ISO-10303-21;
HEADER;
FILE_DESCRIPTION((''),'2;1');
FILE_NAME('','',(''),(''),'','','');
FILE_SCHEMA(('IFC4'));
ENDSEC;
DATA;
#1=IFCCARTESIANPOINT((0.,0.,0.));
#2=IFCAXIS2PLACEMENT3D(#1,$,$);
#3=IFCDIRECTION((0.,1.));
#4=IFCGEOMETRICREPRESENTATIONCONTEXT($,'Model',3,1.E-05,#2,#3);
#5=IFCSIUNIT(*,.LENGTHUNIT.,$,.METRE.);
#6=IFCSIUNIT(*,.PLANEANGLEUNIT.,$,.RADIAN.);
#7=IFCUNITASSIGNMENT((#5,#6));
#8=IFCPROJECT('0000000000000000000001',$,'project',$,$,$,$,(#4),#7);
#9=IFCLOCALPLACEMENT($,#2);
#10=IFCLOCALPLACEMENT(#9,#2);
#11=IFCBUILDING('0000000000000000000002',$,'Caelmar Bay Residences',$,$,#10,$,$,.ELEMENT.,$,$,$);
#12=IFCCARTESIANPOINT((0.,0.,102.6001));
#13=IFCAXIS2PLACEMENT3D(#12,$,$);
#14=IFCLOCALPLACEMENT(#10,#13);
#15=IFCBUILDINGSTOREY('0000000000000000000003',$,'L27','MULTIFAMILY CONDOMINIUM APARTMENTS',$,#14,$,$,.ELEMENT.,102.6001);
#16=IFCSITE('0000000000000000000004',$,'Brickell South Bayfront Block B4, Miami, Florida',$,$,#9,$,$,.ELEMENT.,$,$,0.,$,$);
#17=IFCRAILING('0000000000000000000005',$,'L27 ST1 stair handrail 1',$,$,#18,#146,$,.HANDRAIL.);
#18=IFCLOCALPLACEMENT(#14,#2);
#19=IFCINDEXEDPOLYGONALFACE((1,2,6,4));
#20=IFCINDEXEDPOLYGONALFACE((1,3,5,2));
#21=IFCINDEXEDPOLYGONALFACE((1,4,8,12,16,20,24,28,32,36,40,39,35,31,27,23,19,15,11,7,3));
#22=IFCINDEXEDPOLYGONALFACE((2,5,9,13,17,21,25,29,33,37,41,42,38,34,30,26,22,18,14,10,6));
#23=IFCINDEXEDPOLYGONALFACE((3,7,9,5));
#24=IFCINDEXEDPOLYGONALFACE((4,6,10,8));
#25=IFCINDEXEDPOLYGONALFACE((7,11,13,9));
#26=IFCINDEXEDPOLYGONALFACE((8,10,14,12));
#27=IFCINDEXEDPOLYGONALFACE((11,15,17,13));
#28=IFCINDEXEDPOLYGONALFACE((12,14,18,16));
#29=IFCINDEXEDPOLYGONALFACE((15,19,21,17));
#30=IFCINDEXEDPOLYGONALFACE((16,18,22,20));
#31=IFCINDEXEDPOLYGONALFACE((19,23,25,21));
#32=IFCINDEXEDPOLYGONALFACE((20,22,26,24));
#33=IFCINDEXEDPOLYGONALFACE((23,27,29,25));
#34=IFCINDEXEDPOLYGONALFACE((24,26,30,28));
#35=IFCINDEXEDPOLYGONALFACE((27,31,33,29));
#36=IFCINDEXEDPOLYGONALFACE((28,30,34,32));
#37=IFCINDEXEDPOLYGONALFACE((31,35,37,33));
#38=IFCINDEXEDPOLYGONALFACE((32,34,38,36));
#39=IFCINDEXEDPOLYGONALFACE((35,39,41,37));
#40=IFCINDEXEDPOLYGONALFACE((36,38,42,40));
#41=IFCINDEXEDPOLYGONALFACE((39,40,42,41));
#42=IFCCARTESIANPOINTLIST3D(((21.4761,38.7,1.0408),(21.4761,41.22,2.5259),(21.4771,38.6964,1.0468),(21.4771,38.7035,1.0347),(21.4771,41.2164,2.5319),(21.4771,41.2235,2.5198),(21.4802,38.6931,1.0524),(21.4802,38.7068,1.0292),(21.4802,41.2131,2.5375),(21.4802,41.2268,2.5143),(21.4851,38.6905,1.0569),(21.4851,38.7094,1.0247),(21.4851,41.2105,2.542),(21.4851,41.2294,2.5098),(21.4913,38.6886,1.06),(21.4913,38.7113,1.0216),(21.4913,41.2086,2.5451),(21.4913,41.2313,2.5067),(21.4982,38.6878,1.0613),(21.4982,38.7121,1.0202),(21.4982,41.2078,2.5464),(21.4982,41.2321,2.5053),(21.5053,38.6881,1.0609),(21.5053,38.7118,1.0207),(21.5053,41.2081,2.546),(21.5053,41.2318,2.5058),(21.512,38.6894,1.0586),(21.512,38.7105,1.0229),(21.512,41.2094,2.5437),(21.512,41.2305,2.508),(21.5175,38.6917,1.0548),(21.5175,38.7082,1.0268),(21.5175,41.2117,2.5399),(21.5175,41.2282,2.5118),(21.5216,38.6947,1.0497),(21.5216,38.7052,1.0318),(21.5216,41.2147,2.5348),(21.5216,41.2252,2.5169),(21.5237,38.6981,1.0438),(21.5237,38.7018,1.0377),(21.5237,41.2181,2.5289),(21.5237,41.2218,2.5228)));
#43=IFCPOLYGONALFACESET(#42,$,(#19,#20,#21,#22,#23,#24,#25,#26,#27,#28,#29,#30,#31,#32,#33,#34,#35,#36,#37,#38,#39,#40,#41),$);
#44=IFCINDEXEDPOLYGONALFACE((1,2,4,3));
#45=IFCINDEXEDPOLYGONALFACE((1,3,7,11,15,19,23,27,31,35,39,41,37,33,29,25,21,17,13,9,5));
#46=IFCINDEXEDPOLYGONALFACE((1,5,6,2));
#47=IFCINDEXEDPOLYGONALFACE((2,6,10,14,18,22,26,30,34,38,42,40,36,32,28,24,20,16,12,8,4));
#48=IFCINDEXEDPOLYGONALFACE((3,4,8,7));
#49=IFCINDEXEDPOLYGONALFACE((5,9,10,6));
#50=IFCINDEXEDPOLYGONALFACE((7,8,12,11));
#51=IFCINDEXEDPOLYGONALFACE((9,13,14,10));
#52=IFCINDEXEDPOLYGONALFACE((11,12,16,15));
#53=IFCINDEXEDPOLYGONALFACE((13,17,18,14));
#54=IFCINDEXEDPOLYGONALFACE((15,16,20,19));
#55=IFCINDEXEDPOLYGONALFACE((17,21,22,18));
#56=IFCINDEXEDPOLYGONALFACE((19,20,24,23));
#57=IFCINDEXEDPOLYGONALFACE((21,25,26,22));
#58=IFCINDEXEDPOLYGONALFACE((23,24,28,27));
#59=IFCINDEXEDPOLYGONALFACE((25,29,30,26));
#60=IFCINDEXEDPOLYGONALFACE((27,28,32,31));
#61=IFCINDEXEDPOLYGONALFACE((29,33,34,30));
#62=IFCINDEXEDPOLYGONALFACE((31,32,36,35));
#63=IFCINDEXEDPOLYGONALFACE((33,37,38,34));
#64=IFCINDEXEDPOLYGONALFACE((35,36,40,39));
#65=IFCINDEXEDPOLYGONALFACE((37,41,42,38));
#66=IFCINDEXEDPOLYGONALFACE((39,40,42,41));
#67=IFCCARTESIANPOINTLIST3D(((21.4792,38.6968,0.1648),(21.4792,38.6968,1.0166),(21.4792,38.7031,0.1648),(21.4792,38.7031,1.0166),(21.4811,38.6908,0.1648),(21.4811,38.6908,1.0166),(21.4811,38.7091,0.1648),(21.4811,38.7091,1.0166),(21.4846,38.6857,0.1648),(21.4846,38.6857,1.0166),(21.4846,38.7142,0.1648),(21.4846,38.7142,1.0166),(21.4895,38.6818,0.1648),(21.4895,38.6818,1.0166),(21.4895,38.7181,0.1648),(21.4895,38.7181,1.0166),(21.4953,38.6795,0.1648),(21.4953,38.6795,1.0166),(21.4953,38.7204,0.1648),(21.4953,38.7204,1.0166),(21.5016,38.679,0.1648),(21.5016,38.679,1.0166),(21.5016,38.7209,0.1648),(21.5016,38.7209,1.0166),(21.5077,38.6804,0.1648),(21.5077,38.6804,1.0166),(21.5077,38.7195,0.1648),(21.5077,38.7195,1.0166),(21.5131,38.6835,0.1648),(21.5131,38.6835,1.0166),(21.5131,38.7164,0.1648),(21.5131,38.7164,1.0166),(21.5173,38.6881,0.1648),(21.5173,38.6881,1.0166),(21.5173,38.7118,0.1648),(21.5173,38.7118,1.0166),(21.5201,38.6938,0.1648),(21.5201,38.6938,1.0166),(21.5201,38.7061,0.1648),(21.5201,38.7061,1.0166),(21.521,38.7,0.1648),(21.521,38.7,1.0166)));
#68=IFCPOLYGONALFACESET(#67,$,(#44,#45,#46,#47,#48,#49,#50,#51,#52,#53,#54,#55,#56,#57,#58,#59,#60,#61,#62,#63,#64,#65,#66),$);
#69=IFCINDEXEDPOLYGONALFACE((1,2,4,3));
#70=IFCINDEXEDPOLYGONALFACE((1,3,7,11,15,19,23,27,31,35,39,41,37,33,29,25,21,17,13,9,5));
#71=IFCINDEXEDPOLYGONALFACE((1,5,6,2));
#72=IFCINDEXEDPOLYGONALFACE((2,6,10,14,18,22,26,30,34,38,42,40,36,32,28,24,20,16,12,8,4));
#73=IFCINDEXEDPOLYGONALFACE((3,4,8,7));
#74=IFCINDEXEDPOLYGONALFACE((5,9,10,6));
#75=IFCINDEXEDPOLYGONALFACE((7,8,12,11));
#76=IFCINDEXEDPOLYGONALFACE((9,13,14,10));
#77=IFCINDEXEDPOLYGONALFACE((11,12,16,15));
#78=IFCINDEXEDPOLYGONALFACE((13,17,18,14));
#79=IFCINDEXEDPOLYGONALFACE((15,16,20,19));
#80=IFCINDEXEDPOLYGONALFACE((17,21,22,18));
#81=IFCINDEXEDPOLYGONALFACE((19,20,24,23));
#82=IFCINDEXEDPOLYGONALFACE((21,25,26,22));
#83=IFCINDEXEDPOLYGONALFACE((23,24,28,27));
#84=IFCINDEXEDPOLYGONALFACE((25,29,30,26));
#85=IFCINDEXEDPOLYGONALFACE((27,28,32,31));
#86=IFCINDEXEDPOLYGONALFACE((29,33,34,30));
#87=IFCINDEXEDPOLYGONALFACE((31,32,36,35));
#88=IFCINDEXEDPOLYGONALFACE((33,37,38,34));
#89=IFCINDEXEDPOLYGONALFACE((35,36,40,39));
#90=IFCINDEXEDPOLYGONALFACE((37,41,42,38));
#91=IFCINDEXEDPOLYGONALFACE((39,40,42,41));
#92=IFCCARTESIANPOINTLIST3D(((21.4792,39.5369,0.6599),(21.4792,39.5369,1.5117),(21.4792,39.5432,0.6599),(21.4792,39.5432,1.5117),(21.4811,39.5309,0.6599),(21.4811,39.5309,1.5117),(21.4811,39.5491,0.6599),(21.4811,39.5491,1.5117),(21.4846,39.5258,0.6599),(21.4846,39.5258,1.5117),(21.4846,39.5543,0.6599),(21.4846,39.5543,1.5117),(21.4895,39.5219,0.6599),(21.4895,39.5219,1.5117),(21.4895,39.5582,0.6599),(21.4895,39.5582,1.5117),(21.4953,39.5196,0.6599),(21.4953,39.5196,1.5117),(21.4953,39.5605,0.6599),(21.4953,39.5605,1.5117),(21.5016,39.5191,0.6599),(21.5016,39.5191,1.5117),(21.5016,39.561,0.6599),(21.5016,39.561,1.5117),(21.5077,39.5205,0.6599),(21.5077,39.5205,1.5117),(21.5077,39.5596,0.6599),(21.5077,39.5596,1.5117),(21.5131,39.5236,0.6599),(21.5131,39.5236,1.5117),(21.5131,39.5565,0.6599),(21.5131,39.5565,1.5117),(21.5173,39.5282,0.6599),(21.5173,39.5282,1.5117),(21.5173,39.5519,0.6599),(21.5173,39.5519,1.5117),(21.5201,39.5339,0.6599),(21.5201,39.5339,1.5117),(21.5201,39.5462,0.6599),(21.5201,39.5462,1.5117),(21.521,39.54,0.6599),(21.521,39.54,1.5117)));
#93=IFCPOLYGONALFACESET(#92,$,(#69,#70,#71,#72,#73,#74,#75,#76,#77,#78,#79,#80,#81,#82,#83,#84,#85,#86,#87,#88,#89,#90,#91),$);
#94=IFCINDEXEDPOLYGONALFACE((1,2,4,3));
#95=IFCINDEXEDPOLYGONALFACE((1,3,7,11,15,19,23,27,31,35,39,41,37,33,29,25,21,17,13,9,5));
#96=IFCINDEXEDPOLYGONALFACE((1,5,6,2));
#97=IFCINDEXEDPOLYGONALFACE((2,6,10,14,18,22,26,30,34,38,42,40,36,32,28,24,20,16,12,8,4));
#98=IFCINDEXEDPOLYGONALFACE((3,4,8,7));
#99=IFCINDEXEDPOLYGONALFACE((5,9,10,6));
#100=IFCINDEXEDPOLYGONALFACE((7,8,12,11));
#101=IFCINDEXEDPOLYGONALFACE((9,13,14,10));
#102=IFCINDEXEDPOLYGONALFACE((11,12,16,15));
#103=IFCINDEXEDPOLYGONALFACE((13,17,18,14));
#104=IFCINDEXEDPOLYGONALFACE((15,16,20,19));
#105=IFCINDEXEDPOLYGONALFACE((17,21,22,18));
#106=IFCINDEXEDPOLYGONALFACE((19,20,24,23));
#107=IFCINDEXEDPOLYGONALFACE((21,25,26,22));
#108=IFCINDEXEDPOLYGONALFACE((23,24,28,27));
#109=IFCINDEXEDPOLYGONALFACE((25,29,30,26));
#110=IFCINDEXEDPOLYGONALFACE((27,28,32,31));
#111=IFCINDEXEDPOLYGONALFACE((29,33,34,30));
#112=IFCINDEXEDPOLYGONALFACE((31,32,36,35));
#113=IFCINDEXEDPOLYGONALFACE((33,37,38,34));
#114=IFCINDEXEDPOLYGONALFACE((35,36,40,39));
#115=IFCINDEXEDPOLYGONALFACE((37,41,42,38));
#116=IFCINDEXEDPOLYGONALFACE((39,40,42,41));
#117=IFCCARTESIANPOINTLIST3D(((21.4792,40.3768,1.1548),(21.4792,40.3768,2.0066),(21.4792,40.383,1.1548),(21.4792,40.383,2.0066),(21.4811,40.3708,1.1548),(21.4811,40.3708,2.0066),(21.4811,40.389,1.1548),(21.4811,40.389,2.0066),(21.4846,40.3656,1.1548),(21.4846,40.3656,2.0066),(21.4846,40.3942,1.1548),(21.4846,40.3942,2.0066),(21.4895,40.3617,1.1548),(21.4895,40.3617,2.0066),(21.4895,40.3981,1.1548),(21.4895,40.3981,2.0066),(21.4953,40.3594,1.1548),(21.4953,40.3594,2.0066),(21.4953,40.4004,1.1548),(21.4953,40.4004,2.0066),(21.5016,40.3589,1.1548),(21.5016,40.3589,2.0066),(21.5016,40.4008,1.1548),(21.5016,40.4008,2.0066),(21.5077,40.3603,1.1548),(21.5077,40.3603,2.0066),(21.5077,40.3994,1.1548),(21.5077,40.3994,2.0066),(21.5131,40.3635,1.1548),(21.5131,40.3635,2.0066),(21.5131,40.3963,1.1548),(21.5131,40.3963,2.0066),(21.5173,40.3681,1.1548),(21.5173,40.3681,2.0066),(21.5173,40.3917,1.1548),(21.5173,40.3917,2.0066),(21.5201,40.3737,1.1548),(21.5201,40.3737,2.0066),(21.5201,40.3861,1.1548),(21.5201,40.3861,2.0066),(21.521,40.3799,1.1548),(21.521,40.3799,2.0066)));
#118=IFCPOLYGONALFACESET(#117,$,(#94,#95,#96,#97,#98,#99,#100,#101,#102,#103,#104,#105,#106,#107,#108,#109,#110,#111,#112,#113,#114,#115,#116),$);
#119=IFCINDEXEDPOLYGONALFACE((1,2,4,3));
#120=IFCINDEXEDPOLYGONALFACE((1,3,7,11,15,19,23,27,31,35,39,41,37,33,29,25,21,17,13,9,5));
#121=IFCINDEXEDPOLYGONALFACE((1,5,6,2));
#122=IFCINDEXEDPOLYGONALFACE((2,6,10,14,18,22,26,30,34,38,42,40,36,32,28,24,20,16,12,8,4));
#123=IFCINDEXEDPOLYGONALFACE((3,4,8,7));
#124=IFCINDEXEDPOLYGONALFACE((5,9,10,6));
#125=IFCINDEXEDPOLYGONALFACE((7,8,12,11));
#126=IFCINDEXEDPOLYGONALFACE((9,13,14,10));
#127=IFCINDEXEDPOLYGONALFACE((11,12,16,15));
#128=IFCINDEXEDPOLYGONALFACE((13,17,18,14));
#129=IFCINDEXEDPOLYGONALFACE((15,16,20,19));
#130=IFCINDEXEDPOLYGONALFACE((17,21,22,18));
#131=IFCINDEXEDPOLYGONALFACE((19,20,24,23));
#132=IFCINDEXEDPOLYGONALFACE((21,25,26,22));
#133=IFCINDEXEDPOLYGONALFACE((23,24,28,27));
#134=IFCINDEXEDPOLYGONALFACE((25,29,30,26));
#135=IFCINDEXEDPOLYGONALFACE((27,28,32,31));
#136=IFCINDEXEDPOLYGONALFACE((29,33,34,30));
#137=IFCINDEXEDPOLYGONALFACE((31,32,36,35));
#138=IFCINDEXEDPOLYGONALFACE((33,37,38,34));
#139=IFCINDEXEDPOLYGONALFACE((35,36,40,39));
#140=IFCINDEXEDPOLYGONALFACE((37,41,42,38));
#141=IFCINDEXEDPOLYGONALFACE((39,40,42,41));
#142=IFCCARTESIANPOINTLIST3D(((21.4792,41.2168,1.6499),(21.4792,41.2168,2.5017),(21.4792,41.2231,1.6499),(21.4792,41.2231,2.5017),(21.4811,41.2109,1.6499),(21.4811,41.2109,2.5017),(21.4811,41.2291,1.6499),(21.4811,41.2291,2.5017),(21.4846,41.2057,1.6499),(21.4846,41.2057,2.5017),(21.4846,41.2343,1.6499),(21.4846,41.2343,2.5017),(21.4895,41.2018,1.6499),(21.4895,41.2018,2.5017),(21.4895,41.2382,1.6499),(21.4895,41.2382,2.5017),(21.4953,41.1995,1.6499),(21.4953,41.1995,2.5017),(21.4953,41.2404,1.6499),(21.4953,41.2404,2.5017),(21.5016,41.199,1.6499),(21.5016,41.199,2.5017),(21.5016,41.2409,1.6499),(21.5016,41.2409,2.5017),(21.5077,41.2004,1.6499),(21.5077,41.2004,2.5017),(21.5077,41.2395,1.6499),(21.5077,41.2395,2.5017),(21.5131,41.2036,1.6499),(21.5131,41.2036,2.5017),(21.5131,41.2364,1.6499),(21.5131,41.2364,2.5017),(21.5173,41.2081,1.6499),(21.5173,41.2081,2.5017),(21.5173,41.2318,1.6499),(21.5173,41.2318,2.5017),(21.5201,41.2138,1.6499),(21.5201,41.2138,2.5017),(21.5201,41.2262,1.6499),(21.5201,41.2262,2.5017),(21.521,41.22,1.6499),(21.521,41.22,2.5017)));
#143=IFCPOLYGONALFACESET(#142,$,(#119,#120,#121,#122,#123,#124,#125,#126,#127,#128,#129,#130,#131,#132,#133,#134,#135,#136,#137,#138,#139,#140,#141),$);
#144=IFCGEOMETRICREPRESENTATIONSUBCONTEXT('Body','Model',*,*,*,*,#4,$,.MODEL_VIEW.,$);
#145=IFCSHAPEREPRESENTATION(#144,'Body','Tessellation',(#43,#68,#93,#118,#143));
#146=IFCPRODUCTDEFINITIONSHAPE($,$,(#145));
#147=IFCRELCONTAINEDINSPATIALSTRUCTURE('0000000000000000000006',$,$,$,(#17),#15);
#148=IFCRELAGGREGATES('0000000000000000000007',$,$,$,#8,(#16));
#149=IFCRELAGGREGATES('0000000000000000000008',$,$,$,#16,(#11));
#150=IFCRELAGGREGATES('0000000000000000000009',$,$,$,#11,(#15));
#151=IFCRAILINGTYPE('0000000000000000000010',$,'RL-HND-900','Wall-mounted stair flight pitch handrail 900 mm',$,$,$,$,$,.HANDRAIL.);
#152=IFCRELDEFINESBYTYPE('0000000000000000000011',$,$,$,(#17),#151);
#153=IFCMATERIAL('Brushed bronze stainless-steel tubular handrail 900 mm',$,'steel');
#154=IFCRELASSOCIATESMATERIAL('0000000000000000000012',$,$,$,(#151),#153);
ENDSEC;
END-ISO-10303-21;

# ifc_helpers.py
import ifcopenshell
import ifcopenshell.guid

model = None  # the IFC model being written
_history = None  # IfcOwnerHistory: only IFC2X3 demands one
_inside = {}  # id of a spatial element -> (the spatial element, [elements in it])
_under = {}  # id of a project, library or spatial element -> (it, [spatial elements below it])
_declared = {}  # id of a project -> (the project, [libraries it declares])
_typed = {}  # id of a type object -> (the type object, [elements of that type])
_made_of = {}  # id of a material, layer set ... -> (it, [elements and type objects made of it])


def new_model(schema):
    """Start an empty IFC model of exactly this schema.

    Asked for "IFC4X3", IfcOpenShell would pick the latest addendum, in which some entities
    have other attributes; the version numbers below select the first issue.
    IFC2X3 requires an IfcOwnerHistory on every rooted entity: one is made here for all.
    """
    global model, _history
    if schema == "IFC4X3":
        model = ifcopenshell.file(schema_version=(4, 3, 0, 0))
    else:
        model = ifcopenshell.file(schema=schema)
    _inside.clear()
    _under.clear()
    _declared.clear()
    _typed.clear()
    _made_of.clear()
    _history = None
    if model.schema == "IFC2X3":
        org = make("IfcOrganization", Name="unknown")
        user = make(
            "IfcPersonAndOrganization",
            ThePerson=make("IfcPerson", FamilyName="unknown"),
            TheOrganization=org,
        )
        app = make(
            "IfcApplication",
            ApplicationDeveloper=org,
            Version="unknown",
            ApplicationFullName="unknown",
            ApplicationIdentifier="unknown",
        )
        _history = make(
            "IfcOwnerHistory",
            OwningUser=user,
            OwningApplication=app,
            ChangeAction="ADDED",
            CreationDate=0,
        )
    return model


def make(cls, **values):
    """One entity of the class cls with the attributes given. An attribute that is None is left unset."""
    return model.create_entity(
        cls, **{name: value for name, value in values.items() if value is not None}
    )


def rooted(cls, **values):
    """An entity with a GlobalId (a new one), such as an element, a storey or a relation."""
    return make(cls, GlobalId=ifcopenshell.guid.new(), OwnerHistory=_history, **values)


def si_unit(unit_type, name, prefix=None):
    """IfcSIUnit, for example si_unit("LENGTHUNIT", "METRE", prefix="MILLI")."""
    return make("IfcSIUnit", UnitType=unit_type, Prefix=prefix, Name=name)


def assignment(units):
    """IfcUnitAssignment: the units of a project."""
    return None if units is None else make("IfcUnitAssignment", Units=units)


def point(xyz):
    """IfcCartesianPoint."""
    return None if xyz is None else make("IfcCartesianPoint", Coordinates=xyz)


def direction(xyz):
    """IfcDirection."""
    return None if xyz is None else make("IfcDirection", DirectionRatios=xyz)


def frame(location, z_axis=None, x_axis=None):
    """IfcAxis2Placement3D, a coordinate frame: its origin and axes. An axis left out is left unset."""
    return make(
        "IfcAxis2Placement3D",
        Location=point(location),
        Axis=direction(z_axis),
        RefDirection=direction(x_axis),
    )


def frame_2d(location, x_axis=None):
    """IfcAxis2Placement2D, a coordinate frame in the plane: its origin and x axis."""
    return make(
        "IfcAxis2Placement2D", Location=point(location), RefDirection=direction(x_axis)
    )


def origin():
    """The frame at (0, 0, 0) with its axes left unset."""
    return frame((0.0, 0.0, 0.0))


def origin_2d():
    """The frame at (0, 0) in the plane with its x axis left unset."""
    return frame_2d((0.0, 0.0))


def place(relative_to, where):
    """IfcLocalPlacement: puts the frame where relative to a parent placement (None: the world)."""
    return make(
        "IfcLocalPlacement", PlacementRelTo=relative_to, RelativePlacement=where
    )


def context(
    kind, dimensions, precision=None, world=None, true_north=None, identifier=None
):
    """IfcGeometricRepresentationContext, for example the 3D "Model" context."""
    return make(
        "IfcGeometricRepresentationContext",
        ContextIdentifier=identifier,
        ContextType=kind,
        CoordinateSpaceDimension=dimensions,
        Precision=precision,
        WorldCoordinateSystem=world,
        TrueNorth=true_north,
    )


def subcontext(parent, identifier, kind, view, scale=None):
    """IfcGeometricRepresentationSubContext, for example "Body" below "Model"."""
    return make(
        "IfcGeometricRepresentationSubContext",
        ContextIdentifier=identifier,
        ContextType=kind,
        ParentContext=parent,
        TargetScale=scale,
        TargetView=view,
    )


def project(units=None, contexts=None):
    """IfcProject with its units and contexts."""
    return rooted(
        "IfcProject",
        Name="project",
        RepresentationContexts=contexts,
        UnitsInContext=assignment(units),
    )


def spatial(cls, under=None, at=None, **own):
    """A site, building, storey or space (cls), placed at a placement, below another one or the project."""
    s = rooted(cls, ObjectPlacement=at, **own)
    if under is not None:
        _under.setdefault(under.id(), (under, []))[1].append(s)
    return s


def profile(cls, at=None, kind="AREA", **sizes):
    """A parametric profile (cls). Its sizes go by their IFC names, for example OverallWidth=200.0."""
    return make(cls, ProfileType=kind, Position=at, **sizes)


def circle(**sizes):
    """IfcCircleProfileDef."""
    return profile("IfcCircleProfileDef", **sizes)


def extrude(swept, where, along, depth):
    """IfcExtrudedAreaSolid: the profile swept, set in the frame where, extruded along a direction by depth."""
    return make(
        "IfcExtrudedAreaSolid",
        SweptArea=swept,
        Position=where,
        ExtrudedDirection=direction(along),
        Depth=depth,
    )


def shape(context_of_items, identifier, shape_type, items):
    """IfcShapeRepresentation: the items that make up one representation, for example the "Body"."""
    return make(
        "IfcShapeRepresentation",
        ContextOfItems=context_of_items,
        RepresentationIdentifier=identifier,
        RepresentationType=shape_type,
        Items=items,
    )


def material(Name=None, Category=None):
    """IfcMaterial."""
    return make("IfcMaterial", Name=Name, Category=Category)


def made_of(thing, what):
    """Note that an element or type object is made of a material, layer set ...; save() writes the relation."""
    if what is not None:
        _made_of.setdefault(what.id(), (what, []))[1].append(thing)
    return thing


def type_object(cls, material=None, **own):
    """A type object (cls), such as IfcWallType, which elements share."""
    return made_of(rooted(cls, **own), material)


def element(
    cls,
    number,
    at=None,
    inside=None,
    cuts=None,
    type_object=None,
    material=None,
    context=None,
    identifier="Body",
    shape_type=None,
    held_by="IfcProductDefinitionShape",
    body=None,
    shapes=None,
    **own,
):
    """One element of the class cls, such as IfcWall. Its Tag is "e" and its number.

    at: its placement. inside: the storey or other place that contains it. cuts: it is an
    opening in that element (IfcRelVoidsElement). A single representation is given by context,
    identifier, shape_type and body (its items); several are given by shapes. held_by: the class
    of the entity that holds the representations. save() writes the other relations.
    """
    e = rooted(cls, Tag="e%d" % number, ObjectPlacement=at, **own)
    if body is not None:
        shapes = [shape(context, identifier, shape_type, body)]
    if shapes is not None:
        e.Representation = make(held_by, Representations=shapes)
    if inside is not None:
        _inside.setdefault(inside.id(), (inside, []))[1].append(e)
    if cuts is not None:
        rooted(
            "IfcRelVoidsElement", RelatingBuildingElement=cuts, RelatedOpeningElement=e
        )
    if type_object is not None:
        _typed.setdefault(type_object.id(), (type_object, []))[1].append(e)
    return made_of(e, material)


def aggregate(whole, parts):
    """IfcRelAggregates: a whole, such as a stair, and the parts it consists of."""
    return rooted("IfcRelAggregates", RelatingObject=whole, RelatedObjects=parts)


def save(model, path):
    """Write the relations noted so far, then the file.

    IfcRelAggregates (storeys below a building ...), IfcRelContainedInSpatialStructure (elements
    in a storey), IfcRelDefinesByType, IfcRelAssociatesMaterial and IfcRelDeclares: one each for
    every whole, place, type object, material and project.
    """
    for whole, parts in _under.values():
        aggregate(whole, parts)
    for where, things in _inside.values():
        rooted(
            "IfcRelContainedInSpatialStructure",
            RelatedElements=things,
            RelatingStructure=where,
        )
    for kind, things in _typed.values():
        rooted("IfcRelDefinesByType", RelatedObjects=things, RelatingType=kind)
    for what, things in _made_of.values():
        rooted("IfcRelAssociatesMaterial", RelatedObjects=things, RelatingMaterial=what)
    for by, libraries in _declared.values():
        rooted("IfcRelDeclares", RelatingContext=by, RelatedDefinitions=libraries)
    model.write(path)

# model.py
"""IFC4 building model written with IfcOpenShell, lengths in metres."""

from ifc_helpers import new_model, si_unit, direction, frame, origin, origin_2d, place, context, subcontext, project, spatial, circle, extrude, material, type_object, element, save


model = new_model("IFC4")

# Units and contexts
model_context = context("Model", 3, precision=1e-05, world=origin(), true_north=direction((0.0, 1.0)))
body_context = subcontext(model_context, "Body", "Model", "MODEL_VIEW")
ifc_project = project(units=[si_unit("LENGTHUNIT", "METRE"), si_unit("PLANEANGLEUNIT", "RADIAN")], contexts=[model_context])

# Site, building, storey
site_placement = place(None, origin())
site = spatial("IfcSite", under=ifc_project, at=site_placement, Name="Brickell South Bayfront Block B4, Miami, Florida", CompositionType="ELEMENT", RefElevation=0.0)
building_placement = place(site_placement, origin())
building = spatial("IfcBuilding", under=site, at=building_placement, Name="Caelmar Bay Residences", CompositionType="ELEMENT")
storey_placement = place(building_placement, frame((0.0, 0.0, 102.6001)))
storey = spatial("IfcBuildingStorey", under=building, at=storey_placement, Name="L27", Description="MULTIFAMILY CONDOMINIUM APARTMENTS", CompositionType="ELEMENT", Elevation=102.6001)

# Railing
ifc_material_1 = material(Name="Brushed bronze stainless-steel tubular handrail 900 mm", Category="steel")
railing_type_1 = type_object("IfcRailingType", Name="RL-HND-900", Description="Wall-mounted stair flight pitch handrail 900 mm", PredefinedType="HANDRAIL", material=ifc_material_1)
railing_1_placement = place(storey_placement, frame((21.5, 38.7, 0.1648)))
element("IfcRailing", 1, at=railing_1_placement, inside=storey, type_object=railing_type_1, Name="L27 ST1 stair handrail 1", PredefinedType="HANDRAIL", context=body_context, shape_type="SweptSolid", body=[
    extrude(circle(Radius=0.0239, at=origin_2d()), frame((0.0, 0.0, 0.876), z_axis=(0.0, 0.861524, 0.507717), x_axis=(-1.0, 0.0, 0.0)), (0.0, 0.0, 1.0), 2.925),
    extrude(circle(Radius=0.021, at=origin_2d()), origin(), (0.0, 0.0, 1.0), 0.8518),
    extrude(circle(Radius=0.021, at=origin_2d()), frame((0.0, 0.8401, 0.4951)), (0.0, 0.0, 1.0), 0.8518),
    extrude(circle(Radius=0.021, at=origin_2d()), frame((0.0, 1.6799, 0.99)), (0.0, 0.0, 1.0), 0.8518),
    extrude(circle(Radius=0.021, at=origin_2d()), frame((0.0, 2.52, 1.4851)), (0.0, 0.0, 1.0), 0.8518),
])

save(model, "model.ifc")
